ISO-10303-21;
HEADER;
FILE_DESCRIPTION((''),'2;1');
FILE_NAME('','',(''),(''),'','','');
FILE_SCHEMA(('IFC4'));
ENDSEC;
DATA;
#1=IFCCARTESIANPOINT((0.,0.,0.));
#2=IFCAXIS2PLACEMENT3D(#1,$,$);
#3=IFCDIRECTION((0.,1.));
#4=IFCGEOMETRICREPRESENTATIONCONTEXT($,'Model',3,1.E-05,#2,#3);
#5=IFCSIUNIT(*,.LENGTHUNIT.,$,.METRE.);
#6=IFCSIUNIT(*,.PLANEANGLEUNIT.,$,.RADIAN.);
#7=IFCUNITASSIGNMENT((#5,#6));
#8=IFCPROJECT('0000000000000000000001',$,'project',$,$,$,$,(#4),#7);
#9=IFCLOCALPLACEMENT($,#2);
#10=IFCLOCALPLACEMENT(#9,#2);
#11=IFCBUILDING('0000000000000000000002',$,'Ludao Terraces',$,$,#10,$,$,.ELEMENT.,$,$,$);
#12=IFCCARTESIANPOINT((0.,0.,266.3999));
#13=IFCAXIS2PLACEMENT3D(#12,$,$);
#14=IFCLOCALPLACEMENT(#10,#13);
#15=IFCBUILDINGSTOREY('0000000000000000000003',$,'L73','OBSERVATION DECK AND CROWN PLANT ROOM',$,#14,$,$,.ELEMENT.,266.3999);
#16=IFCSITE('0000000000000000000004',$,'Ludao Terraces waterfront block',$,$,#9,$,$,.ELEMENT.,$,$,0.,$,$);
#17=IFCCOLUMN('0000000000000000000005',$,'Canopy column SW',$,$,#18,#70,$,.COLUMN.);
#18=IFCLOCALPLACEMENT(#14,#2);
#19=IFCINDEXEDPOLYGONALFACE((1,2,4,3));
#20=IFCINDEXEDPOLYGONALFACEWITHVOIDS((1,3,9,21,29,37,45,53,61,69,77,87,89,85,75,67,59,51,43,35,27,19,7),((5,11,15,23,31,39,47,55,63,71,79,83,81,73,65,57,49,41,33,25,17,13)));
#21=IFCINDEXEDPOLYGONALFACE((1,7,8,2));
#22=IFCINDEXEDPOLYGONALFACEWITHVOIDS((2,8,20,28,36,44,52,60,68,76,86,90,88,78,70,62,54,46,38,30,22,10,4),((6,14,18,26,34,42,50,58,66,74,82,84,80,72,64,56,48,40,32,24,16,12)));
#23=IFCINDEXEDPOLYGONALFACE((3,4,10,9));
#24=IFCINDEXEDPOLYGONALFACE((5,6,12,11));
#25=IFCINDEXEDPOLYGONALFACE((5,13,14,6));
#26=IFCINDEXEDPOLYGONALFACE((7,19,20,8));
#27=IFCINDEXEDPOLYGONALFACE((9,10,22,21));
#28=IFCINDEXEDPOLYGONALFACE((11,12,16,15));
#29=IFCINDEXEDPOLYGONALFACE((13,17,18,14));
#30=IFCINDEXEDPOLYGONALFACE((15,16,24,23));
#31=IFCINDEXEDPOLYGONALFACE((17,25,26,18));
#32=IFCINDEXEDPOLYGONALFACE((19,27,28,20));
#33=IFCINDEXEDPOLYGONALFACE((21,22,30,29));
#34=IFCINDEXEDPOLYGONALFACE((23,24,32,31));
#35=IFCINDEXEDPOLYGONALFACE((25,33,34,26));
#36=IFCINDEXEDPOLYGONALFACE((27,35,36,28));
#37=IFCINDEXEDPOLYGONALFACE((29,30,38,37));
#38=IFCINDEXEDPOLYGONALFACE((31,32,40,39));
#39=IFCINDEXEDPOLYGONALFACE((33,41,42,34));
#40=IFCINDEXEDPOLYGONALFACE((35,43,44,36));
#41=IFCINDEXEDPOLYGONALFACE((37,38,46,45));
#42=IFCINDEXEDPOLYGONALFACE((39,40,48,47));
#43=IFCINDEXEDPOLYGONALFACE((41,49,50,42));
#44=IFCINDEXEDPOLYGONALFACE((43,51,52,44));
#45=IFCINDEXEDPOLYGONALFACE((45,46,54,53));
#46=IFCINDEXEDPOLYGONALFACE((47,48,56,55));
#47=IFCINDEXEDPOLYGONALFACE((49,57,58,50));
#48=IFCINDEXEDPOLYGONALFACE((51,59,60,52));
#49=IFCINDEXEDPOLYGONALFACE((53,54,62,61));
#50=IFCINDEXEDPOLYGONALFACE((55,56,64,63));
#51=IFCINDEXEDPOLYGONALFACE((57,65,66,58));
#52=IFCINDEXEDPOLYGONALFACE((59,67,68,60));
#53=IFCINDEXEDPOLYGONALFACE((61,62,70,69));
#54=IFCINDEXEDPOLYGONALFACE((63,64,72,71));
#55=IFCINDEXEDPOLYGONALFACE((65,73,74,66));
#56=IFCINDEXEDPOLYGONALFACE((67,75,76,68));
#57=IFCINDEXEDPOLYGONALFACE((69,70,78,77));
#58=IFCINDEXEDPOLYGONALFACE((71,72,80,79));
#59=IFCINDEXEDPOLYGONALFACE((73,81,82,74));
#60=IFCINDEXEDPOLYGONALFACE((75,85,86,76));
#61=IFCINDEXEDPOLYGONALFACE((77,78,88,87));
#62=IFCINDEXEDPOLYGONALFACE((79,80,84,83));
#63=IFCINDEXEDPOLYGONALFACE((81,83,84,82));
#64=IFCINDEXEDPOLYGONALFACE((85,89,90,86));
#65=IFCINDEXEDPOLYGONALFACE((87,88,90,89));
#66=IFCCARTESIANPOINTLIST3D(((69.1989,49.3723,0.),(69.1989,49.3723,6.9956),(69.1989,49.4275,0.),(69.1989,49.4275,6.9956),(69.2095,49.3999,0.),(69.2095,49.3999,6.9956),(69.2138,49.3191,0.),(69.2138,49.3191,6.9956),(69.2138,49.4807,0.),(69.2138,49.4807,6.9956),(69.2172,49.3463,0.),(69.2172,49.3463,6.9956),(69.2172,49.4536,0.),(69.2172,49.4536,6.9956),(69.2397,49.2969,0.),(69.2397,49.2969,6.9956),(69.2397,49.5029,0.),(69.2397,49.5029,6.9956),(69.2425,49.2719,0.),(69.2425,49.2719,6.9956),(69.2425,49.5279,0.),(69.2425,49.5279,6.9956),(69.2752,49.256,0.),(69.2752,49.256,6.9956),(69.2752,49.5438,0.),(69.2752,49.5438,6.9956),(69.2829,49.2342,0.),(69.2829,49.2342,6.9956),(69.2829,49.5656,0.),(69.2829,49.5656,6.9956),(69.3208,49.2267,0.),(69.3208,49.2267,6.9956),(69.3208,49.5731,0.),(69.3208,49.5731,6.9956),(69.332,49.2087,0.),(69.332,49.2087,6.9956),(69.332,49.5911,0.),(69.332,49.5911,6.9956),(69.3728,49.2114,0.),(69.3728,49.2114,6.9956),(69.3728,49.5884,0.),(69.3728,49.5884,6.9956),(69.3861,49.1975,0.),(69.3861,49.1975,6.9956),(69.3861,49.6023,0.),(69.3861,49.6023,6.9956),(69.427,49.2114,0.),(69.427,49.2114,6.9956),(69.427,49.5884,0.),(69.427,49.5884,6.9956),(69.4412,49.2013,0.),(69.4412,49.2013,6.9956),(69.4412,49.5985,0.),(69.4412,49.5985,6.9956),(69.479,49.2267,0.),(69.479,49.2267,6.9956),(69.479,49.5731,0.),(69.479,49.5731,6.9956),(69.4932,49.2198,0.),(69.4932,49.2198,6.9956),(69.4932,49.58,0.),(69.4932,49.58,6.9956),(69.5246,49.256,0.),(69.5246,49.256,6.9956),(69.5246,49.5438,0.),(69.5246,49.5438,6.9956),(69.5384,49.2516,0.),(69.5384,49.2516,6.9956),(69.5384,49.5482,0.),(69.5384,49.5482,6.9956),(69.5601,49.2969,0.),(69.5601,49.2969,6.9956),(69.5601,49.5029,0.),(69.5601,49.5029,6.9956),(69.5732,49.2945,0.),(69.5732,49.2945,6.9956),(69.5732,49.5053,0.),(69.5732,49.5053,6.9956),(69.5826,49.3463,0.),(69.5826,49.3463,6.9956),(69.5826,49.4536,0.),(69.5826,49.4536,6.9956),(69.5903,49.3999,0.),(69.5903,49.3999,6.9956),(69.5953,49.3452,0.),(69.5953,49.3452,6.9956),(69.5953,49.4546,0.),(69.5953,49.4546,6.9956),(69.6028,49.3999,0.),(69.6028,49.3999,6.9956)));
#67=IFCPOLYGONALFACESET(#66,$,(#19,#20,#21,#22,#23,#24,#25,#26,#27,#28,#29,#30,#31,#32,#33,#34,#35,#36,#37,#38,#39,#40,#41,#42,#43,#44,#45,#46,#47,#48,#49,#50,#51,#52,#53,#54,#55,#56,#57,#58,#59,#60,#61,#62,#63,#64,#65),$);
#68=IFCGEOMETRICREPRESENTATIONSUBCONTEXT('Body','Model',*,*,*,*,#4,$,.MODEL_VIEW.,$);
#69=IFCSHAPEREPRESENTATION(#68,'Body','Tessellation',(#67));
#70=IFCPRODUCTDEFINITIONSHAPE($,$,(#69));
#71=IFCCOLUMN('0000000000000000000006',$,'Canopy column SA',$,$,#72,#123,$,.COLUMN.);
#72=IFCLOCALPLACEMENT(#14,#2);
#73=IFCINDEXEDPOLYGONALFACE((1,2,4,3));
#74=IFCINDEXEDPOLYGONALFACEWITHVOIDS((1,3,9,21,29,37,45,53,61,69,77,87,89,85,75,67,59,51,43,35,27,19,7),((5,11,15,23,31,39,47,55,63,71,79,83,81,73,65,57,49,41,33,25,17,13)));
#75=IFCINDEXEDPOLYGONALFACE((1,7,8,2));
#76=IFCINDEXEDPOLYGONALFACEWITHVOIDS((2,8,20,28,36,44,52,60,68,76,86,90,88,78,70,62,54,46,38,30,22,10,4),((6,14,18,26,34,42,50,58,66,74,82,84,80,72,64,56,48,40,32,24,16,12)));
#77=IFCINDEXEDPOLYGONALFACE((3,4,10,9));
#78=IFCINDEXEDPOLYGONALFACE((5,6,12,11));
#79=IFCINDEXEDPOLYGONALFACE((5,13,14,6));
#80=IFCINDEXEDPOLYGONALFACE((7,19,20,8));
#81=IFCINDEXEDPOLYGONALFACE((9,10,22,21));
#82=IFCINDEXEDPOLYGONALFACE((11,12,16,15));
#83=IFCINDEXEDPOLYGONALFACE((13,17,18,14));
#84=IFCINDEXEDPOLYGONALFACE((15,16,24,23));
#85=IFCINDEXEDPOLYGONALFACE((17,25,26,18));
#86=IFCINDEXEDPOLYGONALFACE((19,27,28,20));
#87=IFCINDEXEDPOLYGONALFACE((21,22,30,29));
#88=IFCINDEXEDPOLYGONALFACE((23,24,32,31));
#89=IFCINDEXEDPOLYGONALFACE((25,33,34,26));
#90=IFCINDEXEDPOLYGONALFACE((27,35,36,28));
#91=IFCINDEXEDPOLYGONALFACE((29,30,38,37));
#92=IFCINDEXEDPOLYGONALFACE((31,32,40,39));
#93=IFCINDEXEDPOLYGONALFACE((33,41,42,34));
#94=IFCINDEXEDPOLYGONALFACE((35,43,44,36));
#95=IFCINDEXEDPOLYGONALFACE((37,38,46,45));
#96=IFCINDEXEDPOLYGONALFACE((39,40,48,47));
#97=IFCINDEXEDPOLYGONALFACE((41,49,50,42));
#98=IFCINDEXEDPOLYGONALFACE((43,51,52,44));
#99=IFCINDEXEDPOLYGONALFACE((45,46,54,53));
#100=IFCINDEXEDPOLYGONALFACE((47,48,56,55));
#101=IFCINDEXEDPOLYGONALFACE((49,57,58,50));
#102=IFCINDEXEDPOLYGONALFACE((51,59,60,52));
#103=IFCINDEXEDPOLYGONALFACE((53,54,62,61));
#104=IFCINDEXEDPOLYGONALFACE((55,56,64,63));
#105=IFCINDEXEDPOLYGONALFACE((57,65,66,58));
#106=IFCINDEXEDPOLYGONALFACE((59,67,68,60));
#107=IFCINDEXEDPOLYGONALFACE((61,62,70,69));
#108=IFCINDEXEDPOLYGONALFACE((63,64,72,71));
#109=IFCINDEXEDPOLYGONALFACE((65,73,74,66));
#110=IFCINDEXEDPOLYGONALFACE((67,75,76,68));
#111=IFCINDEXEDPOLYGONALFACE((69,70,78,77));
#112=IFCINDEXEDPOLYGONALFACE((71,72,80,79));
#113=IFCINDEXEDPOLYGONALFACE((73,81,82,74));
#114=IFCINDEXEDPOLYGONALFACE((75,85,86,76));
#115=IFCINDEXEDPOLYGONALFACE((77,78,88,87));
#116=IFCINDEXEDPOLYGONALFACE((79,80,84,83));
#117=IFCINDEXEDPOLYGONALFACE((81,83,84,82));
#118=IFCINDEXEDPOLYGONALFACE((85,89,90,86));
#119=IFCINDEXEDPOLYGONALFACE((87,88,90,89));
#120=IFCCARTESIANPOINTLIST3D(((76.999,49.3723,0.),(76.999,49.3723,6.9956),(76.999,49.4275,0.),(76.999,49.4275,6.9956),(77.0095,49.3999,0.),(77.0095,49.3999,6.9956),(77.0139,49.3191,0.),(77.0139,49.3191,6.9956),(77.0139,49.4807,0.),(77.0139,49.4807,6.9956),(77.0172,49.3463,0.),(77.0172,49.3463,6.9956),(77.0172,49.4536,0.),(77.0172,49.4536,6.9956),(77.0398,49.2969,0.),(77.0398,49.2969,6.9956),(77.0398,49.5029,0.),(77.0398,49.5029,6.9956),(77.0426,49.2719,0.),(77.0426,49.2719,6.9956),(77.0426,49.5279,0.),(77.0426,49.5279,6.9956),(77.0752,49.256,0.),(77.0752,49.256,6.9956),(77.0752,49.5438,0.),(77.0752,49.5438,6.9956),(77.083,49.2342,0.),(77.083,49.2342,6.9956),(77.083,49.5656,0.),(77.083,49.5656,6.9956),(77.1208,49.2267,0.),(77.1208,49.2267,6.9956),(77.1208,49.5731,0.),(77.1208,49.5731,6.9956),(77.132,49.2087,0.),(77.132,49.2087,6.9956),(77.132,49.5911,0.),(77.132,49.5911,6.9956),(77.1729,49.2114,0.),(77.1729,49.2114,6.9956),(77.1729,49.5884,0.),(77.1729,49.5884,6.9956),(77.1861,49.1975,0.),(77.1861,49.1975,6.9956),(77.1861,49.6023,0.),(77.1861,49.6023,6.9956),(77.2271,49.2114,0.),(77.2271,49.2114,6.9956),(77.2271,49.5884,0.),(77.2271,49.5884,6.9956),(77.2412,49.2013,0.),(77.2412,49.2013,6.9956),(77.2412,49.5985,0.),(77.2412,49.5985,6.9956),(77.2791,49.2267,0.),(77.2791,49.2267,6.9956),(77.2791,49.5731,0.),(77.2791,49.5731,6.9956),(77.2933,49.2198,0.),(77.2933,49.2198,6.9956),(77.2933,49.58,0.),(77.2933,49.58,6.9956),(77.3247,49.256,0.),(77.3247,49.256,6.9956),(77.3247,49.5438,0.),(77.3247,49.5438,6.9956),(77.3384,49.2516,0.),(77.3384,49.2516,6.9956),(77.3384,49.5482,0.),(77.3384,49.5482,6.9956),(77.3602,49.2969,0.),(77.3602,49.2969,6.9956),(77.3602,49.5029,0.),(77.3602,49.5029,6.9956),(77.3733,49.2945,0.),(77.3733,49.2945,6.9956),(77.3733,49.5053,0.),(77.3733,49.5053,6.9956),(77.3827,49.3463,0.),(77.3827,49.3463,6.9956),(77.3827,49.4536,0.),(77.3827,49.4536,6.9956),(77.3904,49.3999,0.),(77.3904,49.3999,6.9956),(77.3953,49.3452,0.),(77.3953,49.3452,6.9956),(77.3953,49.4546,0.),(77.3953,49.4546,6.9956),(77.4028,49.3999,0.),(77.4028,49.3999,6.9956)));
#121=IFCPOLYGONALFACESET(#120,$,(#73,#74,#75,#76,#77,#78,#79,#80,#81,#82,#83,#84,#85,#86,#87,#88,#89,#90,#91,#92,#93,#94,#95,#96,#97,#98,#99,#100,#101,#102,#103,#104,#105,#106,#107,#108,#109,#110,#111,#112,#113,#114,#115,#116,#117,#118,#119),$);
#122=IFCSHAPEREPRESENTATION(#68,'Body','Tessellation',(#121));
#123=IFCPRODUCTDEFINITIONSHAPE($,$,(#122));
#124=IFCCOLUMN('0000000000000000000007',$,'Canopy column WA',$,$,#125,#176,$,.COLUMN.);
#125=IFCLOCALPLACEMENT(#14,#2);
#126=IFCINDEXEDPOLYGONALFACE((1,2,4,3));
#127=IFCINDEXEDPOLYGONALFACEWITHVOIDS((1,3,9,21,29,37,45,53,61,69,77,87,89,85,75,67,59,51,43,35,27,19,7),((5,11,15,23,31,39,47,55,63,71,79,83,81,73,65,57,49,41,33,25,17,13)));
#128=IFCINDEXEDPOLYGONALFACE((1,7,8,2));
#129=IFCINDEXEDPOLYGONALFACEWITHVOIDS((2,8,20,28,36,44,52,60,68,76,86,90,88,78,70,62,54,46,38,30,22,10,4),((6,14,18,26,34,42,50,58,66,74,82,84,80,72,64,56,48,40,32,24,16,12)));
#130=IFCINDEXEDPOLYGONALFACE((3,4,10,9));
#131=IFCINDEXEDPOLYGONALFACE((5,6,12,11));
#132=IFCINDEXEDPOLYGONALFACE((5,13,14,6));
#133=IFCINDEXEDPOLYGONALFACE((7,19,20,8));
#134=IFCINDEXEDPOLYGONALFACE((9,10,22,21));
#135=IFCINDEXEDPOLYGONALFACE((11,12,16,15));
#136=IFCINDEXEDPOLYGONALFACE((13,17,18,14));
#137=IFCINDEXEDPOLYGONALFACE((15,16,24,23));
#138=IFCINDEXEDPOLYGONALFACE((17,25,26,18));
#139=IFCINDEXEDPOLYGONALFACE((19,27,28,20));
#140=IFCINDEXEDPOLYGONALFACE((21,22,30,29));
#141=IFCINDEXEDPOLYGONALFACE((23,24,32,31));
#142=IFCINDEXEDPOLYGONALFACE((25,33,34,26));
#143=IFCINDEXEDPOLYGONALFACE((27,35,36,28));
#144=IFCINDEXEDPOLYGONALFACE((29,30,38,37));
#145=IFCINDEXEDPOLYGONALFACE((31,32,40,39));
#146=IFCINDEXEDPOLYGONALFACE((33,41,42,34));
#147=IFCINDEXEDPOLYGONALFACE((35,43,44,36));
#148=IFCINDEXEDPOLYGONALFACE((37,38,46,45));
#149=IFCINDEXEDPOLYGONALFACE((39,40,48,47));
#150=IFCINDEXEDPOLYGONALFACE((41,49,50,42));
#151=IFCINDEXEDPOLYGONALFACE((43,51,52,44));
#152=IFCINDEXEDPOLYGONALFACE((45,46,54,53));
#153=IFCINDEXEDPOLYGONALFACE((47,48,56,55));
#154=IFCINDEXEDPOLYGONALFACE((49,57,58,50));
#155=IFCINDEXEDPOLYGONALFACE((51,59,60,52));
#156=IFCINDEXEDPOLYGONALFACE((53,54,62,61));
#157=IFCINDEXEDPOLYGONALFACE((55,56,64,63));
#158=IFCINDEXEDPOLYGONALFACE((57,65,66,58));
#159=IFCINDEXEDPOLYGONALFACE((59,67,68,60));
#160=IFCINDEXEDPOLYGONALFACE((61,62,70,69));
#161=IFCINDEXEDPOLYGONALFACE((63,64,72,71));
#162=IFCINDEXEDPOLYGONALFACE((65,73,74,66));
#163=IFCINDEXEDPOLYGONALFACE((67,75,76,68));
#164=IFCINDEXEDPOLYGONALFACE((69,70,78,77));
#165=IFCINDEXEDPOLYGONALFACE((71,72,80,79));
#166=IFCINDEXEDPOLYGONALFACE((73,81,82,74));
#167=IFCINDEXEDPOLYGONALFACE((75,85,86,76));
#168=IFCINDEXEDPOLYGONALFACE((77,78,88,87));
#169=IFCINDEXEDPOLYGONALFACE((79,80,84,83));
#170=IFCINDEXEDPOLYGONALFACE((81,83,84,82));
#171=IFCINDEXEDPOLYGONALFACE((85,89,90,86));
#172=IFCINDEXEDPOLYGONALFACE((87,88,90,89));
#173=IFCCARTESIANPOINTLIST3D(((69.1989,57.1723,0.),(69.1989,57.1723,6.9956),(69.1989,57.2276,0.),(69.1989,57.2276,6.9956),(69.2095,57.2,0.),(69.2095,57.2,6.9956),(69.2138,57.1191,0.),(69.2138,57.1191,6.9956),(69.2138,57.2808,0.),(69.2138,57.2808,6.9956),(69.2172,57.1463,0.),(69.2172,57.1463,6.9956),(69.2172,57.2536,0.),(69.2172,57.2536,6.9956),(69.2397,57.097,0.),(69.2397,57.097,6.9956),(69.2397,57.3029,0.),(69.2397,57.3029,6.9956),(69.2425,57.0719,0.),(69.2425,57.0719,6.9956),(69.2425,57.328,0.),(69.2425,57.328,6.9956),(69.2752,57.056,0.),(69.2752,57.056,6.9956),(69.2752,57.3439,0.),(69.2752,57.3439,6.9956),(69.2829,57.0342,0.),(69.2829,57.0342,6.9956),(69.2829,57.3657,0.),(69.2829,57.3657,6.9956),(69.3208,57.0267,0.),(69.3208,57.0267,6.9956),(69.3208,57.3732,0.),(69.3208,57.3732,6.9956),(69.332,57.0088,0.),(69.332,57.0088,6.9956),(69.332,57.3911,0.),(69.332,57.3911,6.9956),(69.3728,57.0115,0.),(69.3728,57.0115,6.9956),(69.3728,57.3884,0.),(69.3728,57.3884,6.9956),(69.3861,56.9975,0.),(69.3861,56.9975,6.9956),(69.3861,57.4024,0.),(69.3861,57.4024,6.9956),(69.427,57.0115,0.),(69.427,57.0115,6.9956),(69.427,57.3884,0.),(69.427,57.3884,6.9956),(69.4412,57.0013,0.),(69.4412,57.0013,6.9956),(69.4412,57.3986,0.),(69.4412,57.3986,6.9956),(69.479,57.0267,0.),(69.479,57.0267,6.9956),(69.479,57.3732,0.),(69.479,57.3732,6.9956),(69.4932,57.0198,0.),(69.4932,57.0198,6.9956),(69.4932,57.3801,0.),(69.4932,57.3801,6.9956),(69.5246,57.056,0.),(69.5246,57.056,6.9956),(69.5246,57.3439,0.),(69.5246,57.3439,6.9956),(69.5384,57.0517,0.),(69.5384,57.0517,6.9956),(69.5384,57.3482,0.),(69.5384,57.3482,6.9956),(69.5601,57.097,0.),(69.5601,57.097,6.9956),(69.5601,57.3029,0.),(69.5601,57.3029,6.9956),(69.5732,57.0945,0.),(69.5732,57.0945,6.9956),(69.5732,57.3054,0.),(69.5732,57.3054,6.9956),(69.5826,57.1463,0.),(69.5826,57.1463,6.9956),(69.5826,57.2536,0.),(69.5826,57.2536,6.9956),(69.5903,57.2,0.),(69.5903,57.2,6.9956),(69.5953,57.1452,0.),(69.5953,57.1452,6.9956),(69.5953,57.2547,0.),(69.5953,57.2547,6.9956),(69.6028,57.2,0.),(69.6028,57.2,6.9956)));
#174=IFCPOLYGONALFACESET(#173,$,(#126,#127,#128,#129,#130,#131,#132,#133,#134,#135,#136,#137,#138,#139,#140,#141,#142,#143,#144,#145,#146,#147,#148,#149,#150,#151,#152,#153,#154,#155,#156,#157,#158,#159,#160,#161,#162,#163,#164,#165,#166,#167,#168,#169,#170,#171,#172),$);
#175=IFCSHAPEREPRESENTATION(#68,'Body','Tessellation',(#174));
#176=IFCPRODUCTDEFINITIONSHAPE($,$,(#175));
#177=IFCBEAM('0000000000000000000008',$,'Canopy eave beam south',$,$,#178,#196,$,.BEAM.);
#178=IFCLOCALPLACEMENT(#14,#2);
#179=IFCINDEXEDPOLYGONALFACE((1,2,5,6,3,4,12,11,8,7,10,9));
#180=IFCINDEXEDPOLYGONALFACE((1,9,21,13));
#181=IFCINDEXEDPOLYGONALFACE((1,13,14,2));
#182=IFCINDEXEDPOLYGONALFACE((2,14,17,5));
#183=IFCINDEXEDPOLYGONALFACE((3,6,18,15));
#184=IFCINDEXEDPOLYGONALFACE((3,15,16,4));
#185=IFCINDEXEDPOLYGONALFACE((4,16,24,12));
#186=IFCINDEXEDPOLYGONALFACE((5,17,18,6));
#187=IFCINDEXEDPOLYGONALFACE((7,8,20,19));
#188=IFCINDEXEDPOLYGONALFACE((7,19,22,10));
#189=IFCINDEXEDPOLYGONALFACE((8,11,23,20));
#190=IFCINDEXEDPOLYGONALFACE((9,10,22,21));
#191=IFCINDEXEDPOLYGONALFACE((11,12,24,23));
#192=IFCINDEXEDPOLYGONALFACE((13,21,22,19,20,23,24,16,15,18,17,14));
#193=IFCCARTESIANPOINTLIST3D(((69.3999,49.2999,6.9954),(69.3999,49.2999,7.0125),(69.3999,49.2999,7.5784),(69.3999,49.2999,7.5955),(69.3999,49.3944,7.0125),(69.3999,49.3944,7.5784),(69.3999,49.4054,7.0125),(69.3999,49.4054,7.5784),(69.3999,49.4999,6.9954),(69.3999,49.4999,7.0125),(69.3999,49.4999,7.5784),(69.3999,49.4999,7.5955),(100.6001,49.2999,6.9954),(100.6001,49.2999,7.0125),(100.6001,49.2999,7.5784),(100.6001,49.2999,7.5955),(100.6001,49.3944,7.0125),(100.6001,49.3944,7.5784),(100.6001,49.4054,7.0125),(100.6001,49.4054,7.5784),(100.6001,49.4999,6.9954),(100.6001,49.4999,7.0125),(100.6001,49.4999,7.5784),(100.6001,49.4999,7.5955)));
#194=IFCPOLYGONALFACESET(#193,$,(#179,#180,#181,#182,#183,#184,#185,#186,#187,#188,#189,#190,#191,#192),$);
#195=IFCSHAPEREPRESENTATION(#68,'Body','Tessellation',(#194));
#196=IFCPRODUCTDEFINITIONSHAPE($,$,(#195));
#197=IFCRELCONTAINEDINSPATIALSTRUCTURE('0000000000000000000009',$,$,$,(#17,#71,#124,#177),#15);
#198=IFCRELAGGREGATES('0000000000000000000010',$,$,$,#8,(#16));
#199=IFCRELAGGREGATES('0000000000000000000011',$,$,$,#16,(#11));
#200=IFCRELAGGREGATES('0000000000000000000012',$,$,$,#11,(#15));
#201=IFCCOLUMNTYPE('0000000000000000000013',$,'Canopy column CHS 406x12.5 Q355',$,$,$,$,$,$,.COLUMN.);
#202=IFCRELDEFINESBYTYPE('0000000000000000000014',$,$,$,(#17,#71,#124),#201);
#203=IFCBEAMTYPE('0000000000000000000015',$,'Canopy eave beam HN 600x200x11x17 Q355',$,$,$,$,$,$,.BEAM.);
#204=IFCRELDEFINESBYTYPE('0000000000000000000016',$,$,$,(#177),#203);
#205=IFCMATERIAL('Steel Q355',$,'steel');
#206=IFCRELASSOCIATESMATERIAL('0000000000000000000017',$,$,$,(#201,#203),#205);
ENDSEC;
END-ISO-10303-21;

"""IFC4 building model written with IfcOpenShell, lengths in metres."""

from ifc_helpers import new_model, si_unit, direction, frame, origin, origin_2d, place, context, subcontext, project, spatial, hollow_circle, i_section, extrude, material, material_profile, profile_set, type_object, element, save


model = new_model("IFC4")

# Units and contexts
model_context = context("Model", 3, precision=1e-05, world=origin(), true_north=direction((0.0, 1.0)))
body_context = subcontext(model_context, "Body", "Model", "MODEL_VIEW")
ifc_project = project(units=[si_unit("LENGTHUNIT", "METRE"), si_unit("PLANEANGLEUNIT", "RADIAN")], contexts=[model_context])

# Site, building, storey
site_placement = place(None, origin())
site = spatial("IfcSite", under=ifc_project, at=site_placement, Name="Ludao Terraces waterfront block", CompositionType="ELEMENT", RefElevation=0.0)
building_placement = place(site_placement, origin())
building = spatial("IfcBuilding", under=site, at=building_placement, Name="Ludao Terraces", CompositionType="ELEMENT")
storey_placement = place(building_placement, frame((0.0, 0.0, 266.3999)))
storey = spatial("IfcBuildingStorey", under=building, at=storey_placement, Name="L73", Description="OBSERVATION DECK AND CROWN PLANT ROOM", CompositionType="ELEMENT", Elevation=266.3999)

# Columns
ifc_material_1 = material(Name="Steel Q355", Category="steel")
ifc_material_profile_1 = material_profile(ifc_material_1, hollow_circle(Radius=0.2029, WallThickness=0.0125, at=origin_2d()), Name="CHS 406X12.5")
ifc_profile_set_1 = profile_set([ifc_material_profile_1], Name="Steel Q355")
column_type = type_object("IfcColumnType", Name="Canopy column CHS 406x12.5 Q355", PredefinedType="COLUMN", material=ifc_profile_set_1)
for number, where, z_axis, x_axis, name in (
    (1, (69.3999, 49.3999, 0.0), (0.0, 0.0, 1.0), (1.0, 0.0, 0.0), "Canopy column SW"),
    (2, (77.2, 49.3999, 0.0), (0.0, 0.0, 1.0), (1.0, 0.0, 0.0), "Canopy column SA"),
    (3, (69.3999, 57.2, 0.0), (0.0, 0.0, 1.0), (1.0, 0.0, 0.0), "Canopy column WA"),
):
    element("IfcColumn", number, at=place(storey_placement, frame(where, z_axis=z_axis, x_axis=x_axis)), inside=storey, type_object=column_type, Name=name, PredefinedType="COLUMN", context=body_context, shape_type="SweptSolid", body=[
        extrude(hollow_circle(Radius=0.2029, WallThickness=0.0125, at=origin_2d()), origin(), (0.0, 0.0, 1.0), 6.9956),
    ])

# Beam
ifc_material_profile_2 = material_profile(ifc_material_1, i_section(OverallWidth=0.2, OverallDepth=0.6001, WebThickness=0.011, FlangeThickness=0.0171, at=origin_2d()), Name="HN 600X200X11X17")
ifc_profile_set_2 = profile_set([ifc_material_profile_2], Name="Steel Q355")
beam_type_1 = type_object("IfcBeamType", Name="Canopy eave beam HN 600x200x11x17 Q355", PredefinedType="BEAM", material=ifc_profile_set_2)
beam_1_placement = place(storey_placement, frame((69.3999, 49.3999, 7.2954), z_axis=(1.0, 0.0, 0.0), x_axis=(0.0, 1.0, 0.0)))
element("IfcBeam", 4, at=beam_1_placement, inside=storey, type_object=beam_type_1, Name="Canopy eave beam south", PredefinedType="BEAM", context=body_context, shape_type="SweptSolid", body=[
    extrude(i_section(OverallWidth=0.2, OverallDepth=0.6001, WebThickness=0.011, FlangeThickness=0.0171, at=origin_2d()), origin(), (0.0, 0.0, 1.0), 31.2002),
])

save(model, "model.ifc")
